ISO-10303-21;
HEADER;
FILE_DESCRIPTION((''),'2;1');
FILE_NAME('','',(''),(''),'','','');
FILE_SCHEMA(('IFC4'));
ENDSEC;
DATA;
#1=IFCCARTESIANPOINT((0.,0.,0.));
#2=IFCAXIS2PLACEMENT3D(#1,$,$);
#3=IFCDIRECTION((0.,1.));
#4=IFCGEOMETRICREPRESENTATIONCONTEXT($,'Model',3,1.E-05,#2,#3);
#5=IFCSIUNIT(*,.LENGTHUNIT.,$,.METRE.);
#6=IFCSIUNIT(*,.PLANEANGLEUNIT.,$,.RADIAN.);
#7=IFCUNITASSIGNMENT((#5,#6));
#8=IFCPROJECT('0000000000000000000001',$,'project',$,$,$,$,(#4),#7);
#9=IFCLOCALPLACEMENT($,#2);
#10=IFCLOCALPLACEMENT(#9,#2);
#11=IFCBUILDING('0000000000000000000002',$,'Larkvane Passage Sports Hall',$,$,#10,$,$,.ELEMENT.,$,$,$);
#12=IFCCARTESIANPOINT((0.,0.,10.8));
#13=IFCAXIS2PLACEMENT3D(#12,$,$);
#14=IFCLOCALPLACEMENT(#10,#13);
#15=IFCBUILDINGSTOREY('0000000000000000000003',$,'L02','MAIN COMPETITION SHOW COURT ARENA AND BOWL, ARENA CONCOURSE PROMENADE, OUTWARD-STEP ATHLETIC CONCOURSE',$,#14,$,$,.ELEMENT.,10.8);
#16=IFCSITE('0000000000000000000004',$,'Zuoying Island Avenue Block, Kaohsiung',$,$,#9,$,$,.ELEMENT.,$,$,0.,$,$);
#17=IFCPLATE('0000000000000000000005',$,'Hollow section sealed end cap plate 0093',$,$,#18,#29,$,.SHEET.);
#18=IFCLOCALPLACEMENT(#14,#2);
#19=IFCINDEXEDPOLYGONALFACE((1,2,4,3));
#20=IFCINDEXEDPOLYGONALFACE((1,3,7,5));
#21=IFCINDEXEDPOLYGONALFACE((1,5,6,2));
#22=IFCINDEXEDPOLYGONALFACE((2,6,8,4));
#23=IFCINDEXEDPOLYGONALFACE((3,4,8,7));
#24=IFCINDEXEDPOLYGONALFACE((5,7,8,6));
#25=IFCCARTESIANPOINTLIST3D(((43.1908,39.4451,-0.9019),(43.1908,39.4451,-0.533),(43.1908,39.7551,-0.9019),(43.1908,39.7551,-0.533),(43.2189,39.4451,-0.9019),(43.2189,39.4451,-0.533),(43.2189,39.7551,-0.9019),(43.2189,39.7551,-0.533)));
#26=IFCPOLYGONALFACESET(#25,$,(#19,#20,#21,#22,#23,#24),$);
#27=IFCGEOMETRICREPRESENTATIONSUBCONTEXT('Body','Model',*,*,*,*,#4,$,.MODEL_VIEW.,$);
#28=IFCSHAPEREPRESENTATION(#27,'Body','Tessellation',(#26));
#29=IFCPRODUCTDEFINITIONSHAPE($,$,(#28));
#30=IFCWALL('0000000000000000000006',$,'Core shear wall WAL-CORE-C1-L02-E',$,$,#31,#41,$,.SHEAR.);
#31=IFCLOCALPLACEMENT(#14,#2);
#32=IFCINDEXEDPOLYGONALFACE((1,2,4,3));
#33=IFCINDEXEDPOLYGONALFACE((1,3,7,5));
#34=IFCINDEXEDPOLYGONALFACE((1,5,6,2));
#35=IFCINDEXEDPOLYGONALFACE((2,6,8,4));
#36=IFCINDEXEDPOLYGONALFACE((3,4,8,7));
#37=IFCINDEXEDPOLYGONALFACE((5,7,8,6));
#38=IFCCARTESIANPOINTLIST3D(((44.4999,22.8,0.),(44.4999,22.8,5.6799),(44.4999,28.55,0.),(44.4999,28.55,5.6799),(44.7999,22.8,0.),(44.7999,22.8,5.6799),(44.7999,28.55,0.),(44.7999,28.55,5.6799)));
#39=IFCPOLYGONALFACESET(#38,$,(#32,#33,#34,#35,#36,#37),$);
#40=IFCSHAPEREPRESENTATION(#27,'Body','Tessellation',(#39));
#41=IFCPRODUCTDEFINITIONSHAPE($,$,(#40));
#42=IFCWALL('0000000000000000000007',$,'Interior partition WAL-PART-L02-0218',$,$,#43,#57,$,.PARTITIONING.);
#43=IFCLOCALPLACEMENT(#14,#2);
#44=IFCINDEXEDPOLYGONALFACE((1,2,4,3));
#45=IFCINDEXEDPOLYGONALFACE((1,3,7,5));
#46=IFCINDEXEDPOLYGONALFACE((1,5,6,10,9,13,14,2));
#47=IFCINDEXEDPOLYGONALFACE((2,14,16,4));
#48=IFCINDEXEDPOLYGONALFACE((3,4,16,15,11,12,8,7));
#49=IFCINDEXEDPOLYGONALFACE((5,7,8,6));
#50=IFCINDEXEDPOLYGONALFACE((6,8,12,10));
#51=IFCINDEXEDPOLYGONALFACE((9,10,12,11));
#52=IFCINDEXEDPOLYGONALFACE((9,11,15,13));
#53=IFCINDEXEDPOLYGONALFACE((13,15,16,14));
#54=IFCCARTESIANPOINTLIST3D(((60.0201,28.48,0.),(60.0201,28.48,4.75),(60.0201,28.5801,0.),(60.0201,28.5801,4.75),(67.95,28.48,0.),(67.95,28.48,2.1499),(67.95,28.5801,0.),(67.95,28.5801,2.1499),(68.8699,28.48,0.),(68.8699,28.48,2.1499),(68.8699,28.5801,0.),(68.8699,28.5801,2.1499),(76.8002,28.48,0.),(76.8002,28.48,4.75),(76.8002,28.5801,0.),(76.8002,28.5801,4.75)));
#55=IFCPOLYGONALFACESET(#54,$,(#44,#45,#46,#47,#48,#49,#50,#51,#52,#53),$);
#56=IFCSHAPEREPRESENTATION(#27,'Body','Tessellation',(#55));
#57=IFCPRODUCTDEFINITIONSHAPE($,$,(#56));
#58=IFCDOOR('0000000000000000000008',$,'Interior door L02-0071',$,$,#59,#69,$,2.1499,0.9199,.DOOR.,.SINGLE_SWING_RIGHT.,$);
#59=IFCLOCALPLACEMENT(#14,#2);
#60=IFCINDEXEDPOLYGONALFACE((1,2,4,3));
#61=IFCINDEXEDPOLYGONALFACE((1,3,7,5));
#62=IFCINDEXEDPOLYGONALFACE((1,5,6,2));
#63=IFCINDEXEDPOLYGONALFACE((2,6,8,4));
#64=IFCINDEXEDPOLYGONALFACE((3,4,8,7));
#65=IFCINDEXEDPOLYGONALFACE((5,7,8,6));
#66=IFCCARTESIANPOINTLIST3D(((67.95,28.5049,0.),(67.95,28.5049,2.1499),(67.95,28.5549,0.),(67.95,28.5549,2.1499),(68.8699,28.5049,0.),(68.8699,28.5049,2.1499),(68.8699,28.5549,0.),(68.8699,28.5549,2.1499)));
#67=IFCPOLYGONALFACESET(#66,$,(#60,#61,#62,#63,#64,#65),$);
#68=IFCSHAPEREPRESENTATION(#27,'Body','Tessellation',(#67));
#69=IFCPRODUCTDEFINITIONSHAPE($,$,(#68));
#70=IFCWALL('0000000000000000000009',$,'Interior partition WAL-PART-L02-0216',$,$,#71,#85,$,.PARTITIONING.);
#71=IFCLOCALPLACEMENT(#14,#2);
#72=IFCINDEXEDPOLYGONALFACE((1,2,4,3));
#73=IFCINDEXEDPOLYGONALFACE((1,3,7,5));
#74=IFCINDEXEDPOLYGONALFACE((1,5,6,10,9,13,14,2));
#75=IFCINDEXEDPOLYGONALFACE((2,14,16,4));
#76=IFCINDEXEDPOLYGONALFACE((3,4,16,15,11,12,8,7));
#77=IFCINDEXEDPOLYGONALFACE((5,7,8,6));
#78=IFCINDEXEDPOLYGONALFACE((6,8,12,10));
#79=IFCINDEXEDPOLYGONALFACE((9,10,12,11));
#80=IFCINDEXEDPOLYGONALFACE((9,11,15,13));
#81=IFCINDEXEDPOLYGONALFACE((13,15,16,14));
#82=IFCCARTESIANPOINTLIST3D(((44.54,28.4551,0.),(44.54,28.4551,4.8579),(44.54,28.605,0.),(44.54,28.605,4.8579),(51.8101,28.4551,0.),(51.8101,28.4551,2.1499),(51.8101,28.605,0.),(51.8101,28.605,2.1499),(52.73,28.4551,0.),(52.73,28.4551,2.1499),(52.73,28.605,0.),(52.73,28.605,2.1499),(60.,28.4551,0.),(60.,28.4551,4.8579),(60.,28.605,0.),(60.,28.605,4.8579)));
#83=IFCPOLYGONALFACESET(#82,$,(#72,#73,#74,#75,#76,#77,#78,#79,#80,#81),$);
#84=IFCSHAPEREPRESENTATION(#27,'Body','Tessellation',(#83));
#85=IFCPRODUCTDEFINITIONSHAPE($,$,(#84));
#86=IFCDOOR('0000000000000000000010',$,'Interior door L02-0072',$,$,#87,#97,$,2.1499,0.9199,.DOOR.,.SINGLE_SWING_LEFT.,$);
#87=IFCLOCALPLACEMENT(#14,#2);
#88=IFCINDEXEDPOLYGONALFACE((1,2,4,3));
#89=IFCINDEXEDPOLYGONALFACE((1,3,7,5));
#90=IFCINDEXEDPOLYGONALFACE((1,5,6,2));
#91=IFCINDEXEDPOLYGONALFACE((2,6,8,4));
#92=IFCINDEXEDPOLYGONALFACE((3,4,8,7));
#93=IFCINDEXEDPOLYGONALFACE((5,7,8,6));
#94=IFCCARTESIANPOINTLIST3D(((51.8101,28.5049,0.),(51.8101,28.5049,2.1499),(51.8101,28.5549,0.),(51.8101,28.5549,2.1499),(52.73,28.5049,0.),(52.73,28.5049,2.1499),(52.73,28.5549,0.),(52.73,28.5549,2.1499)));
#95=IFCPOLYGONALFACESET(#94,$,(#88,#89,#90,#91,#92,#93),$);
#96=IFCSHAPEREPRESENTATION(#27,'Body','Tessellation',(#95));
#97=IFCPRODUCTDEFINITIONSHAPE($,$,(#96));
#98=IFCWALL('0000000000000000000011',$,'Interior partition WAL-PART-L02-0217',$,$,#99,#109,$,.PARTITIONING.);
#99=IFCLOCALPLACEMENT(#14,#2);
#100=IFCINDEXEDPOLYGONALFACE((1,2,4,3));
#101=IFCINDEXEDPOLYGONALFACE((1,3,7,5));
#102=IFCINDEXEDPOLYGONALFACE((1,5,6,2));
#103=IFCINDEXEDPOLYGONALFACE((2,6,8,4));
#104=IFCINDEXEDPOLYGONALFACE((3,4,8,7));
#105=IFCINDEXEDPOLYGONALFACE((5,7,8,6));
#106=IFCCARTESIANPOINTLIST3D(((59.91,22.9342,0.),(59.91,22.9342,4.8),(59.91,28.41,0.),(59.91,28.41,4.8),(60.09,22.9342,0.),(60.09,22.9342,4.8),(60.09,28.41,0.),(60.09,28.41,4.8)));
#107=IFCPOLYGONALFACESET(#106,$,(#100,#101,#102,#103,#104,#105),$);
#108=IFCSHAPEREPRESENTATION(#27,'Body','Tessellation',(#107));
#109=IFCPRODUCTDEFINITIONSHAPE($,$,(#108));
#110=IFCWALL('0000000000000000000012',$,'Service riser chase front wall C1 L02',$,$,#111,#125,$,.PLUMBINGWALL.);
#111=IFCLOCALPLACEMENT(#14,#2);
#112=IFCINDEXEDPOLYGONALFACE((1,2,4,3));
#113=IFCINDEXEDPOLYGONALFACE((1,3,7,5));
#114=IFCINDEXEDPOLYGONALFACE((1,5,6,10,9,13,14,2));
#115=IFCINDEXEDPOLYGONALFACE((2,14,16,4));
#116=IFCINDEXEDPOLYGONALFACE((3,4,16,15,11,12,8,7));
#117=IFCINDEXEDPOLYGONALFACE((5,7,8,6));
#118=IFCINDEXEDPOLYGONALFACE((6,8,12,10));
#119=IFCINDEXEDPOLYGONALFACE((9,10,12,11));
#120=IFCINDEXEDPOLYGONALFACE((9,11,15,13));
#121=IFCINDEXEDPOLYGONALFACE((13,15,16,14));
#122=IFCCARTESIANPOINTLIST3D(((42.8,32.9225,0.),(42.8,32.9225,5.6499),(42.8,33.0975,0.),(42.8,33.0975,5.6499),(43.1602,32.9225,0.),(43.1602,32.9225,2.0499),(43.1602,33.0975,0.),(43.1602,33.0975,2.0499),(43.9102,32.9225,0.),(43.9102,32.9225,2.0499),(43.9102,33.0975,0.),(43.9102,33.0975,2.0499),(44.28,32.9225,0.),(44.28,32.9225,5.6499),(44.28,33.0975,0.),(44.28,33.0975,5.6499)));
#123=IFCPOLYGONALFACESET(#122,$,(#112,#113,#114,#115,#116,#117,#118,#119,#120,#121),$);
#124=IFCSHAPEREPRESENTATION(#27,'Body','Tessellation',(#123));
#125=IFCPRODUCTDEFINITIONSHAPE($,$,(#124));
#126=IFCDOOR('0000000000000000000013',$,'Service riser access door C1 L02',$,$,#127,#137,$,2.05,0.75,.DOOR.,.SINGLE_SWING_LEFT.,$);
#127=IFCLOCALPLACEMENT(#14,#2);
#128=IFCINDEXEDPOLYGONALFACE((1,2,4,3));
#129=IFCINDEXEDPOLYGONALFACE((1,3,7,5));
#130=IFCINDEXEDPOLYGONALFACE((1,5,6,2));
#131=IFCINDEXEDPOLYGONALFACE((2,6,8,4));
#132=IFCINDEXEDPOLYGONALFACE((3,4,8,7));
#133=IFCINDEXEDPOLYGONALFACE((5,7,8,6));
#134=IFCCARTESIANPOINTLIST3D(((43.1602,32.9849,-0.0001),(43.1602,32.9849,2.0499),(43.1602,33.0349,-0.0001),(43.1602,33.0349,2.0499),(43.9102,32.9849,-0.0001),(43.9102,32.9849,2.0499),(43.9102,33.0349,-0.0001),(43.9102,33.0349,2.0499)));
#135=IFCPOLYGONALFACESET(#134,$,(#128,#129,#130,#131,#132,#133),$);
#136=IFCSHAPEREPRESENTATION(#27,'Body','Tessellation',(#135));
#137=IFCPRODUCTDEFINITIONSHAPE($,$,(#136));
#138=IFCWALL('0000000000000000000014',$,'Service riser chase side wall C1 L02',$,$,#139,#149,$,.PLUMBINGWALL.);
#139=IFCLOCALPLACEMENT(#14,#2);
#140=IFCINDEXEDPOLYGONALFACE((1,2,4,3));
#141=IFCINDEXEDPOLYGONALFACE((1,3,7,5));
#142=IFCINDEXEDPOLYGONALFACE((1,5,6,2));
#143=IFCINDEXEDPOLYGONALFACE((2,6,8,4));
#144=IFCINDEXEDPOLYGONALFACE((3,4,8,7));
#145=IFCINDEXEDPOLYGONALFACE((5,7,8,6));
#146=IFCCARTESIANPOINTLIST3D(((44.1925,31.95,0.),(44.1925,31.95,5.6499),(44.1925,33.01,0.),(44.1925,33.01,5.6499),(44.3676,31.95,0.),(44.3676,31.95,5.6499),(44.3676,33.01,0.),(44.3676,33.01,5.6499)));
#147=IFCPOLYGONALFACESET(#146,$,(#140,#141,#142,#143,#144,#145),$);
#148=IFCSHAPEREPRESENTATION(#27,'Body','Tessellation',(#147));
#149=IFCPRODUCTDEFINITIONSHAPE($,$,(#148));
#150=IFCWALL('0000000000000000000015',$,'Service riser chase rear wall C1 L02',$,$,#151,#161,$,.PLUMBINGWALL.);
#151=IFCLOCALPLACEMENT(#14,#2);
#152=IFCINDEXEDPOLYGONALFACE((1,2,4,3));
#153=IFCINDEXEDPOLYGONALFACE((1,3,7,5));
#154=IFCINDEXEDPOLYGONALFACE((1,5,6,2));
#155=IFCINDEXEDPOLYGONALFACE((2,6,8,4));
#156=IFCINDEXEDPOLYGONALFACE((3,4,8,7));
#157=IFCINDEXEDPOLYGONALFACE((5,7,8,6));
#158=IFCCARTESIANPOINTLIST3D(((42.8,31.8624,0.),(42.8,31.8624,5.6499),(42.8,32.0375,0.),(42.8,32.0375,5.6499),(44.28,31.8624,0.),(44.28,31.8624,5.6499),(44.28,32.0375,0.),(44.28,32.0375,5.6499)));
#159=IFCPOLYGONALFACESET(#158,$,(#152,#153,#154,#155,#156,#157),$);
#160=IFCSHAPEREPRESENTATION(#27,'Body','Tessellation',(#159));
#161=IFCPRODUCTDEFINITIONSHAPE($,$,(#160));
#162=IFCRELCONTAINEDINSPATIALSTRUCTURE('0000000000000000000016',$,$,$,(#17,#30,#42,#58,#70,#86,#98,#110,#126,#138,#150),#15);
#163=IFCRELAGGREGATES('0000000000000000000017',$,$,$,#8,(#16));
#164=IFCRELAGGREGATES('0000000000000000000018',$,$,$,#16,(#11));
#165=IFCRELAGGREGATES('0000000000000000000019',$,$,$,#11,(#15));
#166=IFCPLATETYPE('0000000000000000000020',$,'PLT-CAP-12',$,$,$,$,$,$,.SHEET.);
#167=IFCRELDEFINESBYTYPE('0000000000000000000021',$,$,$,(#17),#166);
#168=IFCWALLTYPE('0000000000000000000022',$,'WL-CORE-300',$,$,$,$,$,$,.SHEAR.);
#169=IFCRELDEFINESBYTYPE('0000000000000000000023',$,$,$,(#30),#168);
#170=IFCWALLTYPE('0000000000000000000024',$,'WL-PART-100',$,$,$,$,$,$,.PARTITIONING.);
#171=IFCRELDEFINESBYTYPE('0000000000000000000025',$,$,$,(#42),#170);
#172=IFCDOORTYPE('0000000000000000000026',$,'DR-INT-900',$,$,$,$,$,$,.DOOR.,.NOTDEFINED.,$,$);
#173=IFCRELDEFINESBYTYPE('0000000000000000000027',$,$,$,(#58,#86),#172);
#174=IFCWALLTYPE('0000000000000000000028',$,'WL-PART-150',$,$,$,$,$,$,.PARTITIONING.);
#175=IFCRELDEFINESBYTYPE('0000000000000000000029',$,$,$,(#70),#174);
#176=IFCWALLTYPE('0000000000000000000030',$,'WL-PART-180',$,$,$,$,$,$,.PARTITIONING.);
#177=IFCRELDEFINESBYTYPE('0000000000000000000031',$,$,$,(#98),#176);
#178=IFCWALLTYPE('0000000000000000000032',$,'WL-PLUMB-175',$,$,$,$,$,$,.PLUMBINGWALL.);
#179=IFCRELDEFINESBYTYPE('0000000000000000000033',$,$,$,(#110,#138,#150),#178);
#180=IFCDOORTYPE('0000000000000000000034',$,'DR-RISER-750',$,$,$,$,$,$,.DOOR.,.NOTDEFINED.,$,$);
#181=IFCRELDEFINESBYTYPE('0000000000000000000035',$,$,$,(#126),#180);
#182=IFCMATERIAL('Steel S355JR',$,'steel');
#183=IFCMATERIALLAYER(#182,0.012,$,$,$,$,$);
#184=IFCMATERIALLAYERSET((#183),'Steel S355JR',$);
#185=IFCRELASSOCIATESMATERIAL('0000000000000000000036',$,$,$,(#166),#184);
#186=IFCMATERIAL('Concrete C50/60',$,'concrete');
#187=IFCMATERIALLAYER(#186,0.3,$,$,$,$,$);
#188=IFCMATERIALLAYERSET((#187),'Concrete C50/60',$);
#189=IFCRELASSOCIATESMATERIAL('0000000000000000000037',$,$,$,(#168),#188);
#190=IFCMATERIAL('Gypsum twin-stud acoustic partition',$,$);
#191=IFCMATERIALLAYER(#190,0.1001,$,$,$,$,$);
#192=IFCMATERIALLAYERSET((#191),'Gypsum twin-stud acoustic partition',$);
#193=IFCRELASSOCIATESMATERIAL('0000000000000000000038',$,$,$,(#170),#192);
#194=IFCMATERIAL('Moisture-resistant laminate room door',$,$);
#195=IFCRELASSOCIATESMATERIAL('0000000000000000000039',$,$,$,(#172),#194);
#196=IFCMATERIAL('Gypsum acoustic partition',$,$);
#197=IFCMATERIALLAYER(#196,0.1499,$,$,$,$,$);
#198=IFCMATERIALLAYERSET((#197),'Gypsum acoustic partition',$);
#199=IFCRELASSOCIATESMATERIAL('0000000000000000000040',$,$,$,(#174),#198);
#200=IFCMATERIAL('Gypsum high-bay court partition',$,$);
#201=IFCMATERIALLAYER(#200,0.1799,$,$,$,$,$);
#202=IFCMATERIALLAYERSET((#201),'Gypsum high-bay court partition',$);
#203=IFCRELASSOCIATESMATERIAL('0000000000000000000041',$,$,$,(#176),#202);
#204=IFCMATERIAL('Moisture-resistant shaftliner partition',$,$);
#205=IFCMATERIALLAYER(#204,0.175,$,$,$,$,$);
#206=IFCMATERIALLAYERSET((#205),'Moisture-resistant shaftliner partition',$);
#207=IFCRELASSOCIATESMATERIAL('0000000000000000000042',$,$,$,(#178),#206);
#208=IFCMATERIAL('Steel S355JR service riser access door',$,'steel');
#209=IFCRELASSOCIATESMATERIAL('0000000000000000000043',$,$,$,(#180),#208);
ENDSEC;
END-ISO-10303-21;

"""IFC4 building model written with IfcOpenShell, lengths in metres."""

from ifc_helpers import new_model, si_unit, direction, frame, frame_2d, origin, origin_2d, place, context, subcontext, project, spatial, rectangle, extrude, material, layer, layer_set, type_object, element, fill, save


model = new_model("IFC4")

# Units and contexts
model_context = context("Model", 3, precision=1e-05, world=origin(), true_north=direction((0.0, 1.0)))
body_context = subcontext(model_context, "Body", "Model", "MODEL_VIEW")
ifc_project = project(units=[si_unit("LENGTHUNIT", "METRE"), si_unit("PLANEANGLEUNIT", "RADIAN")], contexts=[model_context])

# Site, building, storey
site_placement = place(None, origin())
site = spatial("IfcSite", under=ifc_project, at=site_placement, Name="Zuoying Island Avenue Block, Kaohsiung", CompositionType="ELEMENT", RefElevation=0.0)
building_placement = place(site_placement, origin())
building = spatial("IfcBuilding", under=site, at=building_placement, Name="Larkvane Passage Sports Hall", CompositionType="ELEMENT")
storey_placement = place(building_placement, frame((0.0, 0.0, 10.8)))
storey = spatial("IfcBuildingStorey", under=building, at=storey_placement, Name="L02", Description="MAIN COMPETITION SHOW COURT ARENA AND BOWL, ARENA CONCOURSE PROMENADE, OUTWARD-STEP ATHLETIC CONCOURSE", CompositionType="ELEMENT", Elevation=10.8)

# Shared definitions
ifc_material_1 = material(Name="Concrete C50/60", Category="concrete")

# Shared definitions
ifc_material_2 = material(Name="Steel S355JR", Category="steel")

# Plate
ifc_layer_1 = layer(ifc_material_2, 0.012)
ifc_layer_set_1 = layer_set([ifc_layer_1], Name="Steel S355JR")
plate_type = type_object("IfcPlateType", Name="PLT-CAP-12", PredefinedType="SHEET", material=ifc_layer_set_1)
plate_placement = place(storey_placement, frame((43.2048, 39.6001, -0.9019), z_axis=(0.0, 0.0, 1.0), x_axis=(0.0, 1.0, 0.0)))
element("IfcPlate", 1, at=plate_placement, inside=storey, type_object=plate_type, Name="Hollow section sealed end cap plate 0093", PredefinedType="SHEET", context=body_context, shape_type="SweptSolid", body=[
    extrude(rectangle(XDim=0.3101, YDim=0.0281, at=origin_2d()), origin(), (0.0, 0.0, 1.0), 0.3689),
])

# Wall
ifc_layer_2 = layer(ifc_material_1, 0.3)
ifc_layer_set_2 = layer_set([ifc_layer_2], Name="Concrete C50/60")
wall_type_1 = type_object("IfcWallType", Name="WL-CORE-300", PredefinedType="SHEAR", material=ifc_layer_set_2)
wall_1_placement = place(storey_placement, frame((44.6499, 28.55, 0.0), z_axis=(0.0, 0.0, 1.0), x_axis=(0.0, -1.0, 0.0)))
element("IfcWall", 2, at=wall_1_placement, inside=storey, type_object=wall_type_1, Name="Core shear wall WAL-CORE-C1-L02-E", PredefinedType="SHEAR", context=body_context, shape_type="SweptSolid", body=[
    extrude(rectangle(XDim=5.75, YDim=0.3, at=frame_2d((2.875, 0.0))), origin(), (0.0, 0.0, 1.0), 5.6799),
])

# Walls, openings, doors
ifc_material_3 = material(Name="Gypsum twin-stud acoustic partition")
ifc_layer_3 = layer(ifc_material_3, 0.1001)
ifc_layer_set_3 = layer_set([ifc_layer_3], Name="Gypsum twin-stud acoustic partition")
wall_type_2 = type_object("IfcWallType", Name="WL-PART-100", PredefinedType="PARTITIONING", material=ifc_layer_set_3)
wall_2_placement = place(storey_placement, frame((60.02, 28.53, 0.0), z_axis=(0.0, 0.0, 1.0), x_axis=(1.0, 0.0, 0.0)))
wall_2 = element("IfcWall", 3, at=wall_2_placement, inside=storey, type_object=wall_type_2, Name="Interior partition WAL-PART-L02-0218", PredefinedType="PARTITIONING", context=body_context, shape_type="SweptSolid", body=[
    extrude(rectangle(XDim=16.78, YDim=0.1001, at=frame_2d((8.3901, 0.0))), origin(), (0.0, 0.0, 1.0), 4.75),
])
opening_1_placement = place(wall_2_placement, frame((7.9299, 0.0, 0.0)))
opening_1 = element("IfcOpeningElement", 4, at=opening_1_placement, cuts=wall_2, PredefinedType="OPENING", context=body_context, shape_type="SweptSolid", body=[
    extrude(rectangle(XDim=0.9199, YDim=2.1499, at=frame_2d((0.46, 1.075))), frame((0.0, 0.0601, 0.0), z_axis=(0.0, -1.0, 0.0), x_axis=(1.0, 0.0, 0.0)), (0.0, 0.0, 1.0), 0.1201),
])
ifc_material_4 = material(Name="Moisture-resistant laminate room door")
door_type_1 = type_object("IfcDoorType", Name="DR-INT-900", OperationType="NOTDEFINED", PredefinedType="DOOR", material=ifc_material_4)
door_1_placement = place(opening_1_placement, origin())
door_1 = element("IfcDoor", 5, at=door_1_placement, inside=storey, type_object=door_type_1, Name="Interior door L02-0071", OperationType="SINGLE_SWING_RIGHT", OverallHeight=2.1499, OverallWidth=0.9199, PredefinedType="DOOR", context=body_context, shape_type="SweptSolid", body=[
    extrude(rectangle(XDim=0.9199, YDim=2.1499, at=frame_2d((0.46, 1.075))), frame((0.0, 0.0249, 0.0), z_axis=(0.0, -1.0, 0.0), x_axis=(1.0, 0.0, 0.0)), (0.0, 0.0, 1.0), 0.05),
])
fill(opening_1, door_1)
ifc_material_5 = material(Name="Gypsum acoustic partition")
ifc_layer_4 = layer(ifc_material_5, 0.1499)
ifc_layer_set_4 = layer_set([ifc_layer_4], Name="Gypsum acoustic partition")
wall_type_3 = type_object("IfcWallType", Name="WL-PART-150", PredefinedType="PARTITIONING", material=ifc_layer_set_4)
wall_3_placement = place(storey_placement, frame((44.54, 28.53, 0.0), z_axis=(0.0, 0.0, 1.0), x_axis=(1.0, 0.0, 0.0)))
wall_3 = element("IfcWall", 6, at=wall_3_placement, inside=storey, type_object=wall_type_3, Name="Interior partition WAL-PART-L02-0216", PredefinedType="PARTITIONING", context=body_context, shape_type="SweptSolid", body=[
    extrude(rectangle(XDim=15.46, YDim=0.1499, at=frame_2d((7.73, 0.0))), origin(), (0.0, 0.0, 1.0), 4.8579),
])
opening_2_placement = place(wall_3_placement, frame((7.27, 0.0, 0.0)))
opening_2 = element("IfcOpeningElement", 7, at=opening_2_placement, cuts=wall_3, PredefinedType="OPENING", context=body_context, shape_type="SweptSolid", body=[
    extrude(rectangle(XDim=0.9199, YDim=2.1499, at=frame_2d((0.46, 1.075))), frame((0.0, 0.085, 0.0), z_axis=(0.0, -1.0, 0.0), x_axis=(1.0, 0.0, 0.0)), (0.0, 0.0, 1.0), 0.1699),
])
door_2_placement = place(opening_2_placement, origin())
door_2 = element("IfcDoor", 8, at=door_2_placement, inside=storey, type_object=door_type_1, Name="Interior door L02-0072", OperationType="SINGLE_SWING_LEFT", OverallHeight=2.1499, OverallWidth=0.9199, PredefinedType="DOOR", context=body_context, shape_type="SweptSolid", body=[
    extrude(rectangle(XDim=0.9199, YDim=2.1499, at=frame_2d((0.46, 1.075))), frame((0.0, 0.0249, 0.0), z_axis=(0.0, -1.0, 0.0), x_axis=(1.0, 0.0, 0.0)), (0.0, 0.0, 1.0), 0.05),
])
fill(opening_2, door_2)

# Wall
ifc_material_6 = material(Name="Gypsum high-bay court partition")
ifc_layer_5 = layer(ifc_material_6, 0.1799)
ifc_layer_set_5 = layer_set([ifc_layer_5], Name="Gypsum high-bay court partition")
wall_type_4 = type_object("IfcWallType", Name="WL-PART-180", PredefinedType="PARTITIONING", material=ifc_layer_set_5)
wall_4_placement = place(storey_placement, frame((60.0, 28.4099, 0.0), z_axis=(0.0, 0.0, 1.0), x_axis=(0.0, -1.0, 0.0)))
element("IfcWall", 9, at=wall_4_placement, inside=storey, type_object=wall_type_4, Name="Interior partition WAL-PART-L02-0217", PredefinedType="PARTITIONING", context=body_context, shape_type="SweptSolid", body=[
    extrude(rectangle(XDim=5.4758, YDim=0.1799, at=frame_2d((2.7378, 0.0))), origin(), (0.0, 0.0, 1.0), 4.8),
])

# Wall, opening, door
ifc_material_7 = material(Name="Moisture-resistant shaftliner partition")
ifc_layer_6 = layer(ifc_material_7, 0.175)
ifc_layer_set_6 = layer_set([ifc_layer_6], Name="Moisture-resistant shaftliner partition")
wall_type_5 = type_object("IfcWallType", Name="WL-PLUMB-175", PredefinedType="PLUMBINGWALL", material=ifc_layer_set_6)
wall_5_placement = place(storey_placement, frame((42.8, 33.01, 0.0), z_axis=(0.0, 0.0, 1.0), x_axis=(1.0, 0.0, 0.0)))
wall_5 = element("IfcWall", 10, at=wall_5_placement, inside=storey, type_object=wall_type_5, Name="Service riser chase front wall C1 L02", PredefinedType="PLUMBINGWALL", context=body_context, shape_type="SweptSolid", body=[
    extrude(rectangle(XDim=1.48, YDim=0.175, at=frame_2d((0.74, 0.0))), origin(), (0.0, 0.0, 1.0), 5.6499),
])
opening_3_placement = place(wall_5_placement, frame((0.3601, 0.0, 0.0)))
opening_3 = element("IfcOpeningElement", 11, at=opening_3_placement, cuts=wall_5, PredefinedType="OPENING", context=body_context, shape_type="SweptSolid", body=[
    extrude(rectangle(XDim=0.75, YDim=2.05, at=frame_2d((0.375, 1.0249))), frame((0.0, 0.0974, 0.0), z_axis=(0.0, -1.0, 0.0), x_axis=(1.0, 0.0, 0.0)), (0.0, 0.0, 1.0), 0.1951),
])
ifc_material_8 = material(Name="Steel S355JR service riser access door", Category="steel")
door_type_2 = type_object("IfcDoorType", Name="DR-RISER-750", OperationType="NOTDEFINED", PredefinedType="DOOR", material=ifc_material_8)
door_3_placement = place(opening_3_placement, origin())
door_3 = element("IfcDoor", 12, at=door_3_placement, inside=storey, type_object=door_type_2, Name="Service riser access door C1 L02", OperationType="SINGLE_SWING_LEFT", OverallHeight=2.05, OverallWidth=0.75, PredefinedType="DOOR", context=body_context, shape_type="SweptSolid", body=[
    extrude(rectangle(XDim=0.75, YDim=2.05, at=frame_2d((0.375, 1.0249))), frame((0.0, 0.0249, 0.0), z_axis=(0.0, -1.0, 0.0), x_axis=(1.0, 0.0, 0.0)), (0.0, 0.0, 1.0), 0.05),
])
fill(opening_3, door_3)

# Walls
wall_6_placement = place(storey_placement, frame((44.28, 31.95, 0.0), z_axis=(0.0, 0.0, 1.0), x_axis=(0.0, 1.0, 0.0)))
element("IfcWall", 13, at=wall_6_placement, inside=storey, type_object=wall_type_5, Name="Service riser chase side wall C1 L02", PredefinedType="PLUMBINGWALL", context=body_context, shape_type="SweptSolid", body=[
    extrude(rectangle(XDim=1.0601, YDim=0.175, at=frame_2d((0.53, 0.0))), origin(), (0.0, 0.0, 1.0), 5.6499),
])
wall_7_placement = place(storey_placement, frame((42.8, 31.95, 0.0), z_axis=(0.0, 0.0, 1.0), x_axis=(1.0, 0.0, 0.0)))
element("IfcWall", 14, at=wall_7_placement, inside=storey, type_object=wall_type_5, Name="Service riser chase rear wall C1 L02", PredefinedType="PLUMBINGWALL", context=body_context, shape_type="SweptSolid", body=[
    extrude(rectangle(XDim=1.48, YDim=0.175, at=frame_2d((0.74, 0.0))), origin(), (0.0, 0.0, 1.0), 5.6499),
])

save(model, "model.ifc")
